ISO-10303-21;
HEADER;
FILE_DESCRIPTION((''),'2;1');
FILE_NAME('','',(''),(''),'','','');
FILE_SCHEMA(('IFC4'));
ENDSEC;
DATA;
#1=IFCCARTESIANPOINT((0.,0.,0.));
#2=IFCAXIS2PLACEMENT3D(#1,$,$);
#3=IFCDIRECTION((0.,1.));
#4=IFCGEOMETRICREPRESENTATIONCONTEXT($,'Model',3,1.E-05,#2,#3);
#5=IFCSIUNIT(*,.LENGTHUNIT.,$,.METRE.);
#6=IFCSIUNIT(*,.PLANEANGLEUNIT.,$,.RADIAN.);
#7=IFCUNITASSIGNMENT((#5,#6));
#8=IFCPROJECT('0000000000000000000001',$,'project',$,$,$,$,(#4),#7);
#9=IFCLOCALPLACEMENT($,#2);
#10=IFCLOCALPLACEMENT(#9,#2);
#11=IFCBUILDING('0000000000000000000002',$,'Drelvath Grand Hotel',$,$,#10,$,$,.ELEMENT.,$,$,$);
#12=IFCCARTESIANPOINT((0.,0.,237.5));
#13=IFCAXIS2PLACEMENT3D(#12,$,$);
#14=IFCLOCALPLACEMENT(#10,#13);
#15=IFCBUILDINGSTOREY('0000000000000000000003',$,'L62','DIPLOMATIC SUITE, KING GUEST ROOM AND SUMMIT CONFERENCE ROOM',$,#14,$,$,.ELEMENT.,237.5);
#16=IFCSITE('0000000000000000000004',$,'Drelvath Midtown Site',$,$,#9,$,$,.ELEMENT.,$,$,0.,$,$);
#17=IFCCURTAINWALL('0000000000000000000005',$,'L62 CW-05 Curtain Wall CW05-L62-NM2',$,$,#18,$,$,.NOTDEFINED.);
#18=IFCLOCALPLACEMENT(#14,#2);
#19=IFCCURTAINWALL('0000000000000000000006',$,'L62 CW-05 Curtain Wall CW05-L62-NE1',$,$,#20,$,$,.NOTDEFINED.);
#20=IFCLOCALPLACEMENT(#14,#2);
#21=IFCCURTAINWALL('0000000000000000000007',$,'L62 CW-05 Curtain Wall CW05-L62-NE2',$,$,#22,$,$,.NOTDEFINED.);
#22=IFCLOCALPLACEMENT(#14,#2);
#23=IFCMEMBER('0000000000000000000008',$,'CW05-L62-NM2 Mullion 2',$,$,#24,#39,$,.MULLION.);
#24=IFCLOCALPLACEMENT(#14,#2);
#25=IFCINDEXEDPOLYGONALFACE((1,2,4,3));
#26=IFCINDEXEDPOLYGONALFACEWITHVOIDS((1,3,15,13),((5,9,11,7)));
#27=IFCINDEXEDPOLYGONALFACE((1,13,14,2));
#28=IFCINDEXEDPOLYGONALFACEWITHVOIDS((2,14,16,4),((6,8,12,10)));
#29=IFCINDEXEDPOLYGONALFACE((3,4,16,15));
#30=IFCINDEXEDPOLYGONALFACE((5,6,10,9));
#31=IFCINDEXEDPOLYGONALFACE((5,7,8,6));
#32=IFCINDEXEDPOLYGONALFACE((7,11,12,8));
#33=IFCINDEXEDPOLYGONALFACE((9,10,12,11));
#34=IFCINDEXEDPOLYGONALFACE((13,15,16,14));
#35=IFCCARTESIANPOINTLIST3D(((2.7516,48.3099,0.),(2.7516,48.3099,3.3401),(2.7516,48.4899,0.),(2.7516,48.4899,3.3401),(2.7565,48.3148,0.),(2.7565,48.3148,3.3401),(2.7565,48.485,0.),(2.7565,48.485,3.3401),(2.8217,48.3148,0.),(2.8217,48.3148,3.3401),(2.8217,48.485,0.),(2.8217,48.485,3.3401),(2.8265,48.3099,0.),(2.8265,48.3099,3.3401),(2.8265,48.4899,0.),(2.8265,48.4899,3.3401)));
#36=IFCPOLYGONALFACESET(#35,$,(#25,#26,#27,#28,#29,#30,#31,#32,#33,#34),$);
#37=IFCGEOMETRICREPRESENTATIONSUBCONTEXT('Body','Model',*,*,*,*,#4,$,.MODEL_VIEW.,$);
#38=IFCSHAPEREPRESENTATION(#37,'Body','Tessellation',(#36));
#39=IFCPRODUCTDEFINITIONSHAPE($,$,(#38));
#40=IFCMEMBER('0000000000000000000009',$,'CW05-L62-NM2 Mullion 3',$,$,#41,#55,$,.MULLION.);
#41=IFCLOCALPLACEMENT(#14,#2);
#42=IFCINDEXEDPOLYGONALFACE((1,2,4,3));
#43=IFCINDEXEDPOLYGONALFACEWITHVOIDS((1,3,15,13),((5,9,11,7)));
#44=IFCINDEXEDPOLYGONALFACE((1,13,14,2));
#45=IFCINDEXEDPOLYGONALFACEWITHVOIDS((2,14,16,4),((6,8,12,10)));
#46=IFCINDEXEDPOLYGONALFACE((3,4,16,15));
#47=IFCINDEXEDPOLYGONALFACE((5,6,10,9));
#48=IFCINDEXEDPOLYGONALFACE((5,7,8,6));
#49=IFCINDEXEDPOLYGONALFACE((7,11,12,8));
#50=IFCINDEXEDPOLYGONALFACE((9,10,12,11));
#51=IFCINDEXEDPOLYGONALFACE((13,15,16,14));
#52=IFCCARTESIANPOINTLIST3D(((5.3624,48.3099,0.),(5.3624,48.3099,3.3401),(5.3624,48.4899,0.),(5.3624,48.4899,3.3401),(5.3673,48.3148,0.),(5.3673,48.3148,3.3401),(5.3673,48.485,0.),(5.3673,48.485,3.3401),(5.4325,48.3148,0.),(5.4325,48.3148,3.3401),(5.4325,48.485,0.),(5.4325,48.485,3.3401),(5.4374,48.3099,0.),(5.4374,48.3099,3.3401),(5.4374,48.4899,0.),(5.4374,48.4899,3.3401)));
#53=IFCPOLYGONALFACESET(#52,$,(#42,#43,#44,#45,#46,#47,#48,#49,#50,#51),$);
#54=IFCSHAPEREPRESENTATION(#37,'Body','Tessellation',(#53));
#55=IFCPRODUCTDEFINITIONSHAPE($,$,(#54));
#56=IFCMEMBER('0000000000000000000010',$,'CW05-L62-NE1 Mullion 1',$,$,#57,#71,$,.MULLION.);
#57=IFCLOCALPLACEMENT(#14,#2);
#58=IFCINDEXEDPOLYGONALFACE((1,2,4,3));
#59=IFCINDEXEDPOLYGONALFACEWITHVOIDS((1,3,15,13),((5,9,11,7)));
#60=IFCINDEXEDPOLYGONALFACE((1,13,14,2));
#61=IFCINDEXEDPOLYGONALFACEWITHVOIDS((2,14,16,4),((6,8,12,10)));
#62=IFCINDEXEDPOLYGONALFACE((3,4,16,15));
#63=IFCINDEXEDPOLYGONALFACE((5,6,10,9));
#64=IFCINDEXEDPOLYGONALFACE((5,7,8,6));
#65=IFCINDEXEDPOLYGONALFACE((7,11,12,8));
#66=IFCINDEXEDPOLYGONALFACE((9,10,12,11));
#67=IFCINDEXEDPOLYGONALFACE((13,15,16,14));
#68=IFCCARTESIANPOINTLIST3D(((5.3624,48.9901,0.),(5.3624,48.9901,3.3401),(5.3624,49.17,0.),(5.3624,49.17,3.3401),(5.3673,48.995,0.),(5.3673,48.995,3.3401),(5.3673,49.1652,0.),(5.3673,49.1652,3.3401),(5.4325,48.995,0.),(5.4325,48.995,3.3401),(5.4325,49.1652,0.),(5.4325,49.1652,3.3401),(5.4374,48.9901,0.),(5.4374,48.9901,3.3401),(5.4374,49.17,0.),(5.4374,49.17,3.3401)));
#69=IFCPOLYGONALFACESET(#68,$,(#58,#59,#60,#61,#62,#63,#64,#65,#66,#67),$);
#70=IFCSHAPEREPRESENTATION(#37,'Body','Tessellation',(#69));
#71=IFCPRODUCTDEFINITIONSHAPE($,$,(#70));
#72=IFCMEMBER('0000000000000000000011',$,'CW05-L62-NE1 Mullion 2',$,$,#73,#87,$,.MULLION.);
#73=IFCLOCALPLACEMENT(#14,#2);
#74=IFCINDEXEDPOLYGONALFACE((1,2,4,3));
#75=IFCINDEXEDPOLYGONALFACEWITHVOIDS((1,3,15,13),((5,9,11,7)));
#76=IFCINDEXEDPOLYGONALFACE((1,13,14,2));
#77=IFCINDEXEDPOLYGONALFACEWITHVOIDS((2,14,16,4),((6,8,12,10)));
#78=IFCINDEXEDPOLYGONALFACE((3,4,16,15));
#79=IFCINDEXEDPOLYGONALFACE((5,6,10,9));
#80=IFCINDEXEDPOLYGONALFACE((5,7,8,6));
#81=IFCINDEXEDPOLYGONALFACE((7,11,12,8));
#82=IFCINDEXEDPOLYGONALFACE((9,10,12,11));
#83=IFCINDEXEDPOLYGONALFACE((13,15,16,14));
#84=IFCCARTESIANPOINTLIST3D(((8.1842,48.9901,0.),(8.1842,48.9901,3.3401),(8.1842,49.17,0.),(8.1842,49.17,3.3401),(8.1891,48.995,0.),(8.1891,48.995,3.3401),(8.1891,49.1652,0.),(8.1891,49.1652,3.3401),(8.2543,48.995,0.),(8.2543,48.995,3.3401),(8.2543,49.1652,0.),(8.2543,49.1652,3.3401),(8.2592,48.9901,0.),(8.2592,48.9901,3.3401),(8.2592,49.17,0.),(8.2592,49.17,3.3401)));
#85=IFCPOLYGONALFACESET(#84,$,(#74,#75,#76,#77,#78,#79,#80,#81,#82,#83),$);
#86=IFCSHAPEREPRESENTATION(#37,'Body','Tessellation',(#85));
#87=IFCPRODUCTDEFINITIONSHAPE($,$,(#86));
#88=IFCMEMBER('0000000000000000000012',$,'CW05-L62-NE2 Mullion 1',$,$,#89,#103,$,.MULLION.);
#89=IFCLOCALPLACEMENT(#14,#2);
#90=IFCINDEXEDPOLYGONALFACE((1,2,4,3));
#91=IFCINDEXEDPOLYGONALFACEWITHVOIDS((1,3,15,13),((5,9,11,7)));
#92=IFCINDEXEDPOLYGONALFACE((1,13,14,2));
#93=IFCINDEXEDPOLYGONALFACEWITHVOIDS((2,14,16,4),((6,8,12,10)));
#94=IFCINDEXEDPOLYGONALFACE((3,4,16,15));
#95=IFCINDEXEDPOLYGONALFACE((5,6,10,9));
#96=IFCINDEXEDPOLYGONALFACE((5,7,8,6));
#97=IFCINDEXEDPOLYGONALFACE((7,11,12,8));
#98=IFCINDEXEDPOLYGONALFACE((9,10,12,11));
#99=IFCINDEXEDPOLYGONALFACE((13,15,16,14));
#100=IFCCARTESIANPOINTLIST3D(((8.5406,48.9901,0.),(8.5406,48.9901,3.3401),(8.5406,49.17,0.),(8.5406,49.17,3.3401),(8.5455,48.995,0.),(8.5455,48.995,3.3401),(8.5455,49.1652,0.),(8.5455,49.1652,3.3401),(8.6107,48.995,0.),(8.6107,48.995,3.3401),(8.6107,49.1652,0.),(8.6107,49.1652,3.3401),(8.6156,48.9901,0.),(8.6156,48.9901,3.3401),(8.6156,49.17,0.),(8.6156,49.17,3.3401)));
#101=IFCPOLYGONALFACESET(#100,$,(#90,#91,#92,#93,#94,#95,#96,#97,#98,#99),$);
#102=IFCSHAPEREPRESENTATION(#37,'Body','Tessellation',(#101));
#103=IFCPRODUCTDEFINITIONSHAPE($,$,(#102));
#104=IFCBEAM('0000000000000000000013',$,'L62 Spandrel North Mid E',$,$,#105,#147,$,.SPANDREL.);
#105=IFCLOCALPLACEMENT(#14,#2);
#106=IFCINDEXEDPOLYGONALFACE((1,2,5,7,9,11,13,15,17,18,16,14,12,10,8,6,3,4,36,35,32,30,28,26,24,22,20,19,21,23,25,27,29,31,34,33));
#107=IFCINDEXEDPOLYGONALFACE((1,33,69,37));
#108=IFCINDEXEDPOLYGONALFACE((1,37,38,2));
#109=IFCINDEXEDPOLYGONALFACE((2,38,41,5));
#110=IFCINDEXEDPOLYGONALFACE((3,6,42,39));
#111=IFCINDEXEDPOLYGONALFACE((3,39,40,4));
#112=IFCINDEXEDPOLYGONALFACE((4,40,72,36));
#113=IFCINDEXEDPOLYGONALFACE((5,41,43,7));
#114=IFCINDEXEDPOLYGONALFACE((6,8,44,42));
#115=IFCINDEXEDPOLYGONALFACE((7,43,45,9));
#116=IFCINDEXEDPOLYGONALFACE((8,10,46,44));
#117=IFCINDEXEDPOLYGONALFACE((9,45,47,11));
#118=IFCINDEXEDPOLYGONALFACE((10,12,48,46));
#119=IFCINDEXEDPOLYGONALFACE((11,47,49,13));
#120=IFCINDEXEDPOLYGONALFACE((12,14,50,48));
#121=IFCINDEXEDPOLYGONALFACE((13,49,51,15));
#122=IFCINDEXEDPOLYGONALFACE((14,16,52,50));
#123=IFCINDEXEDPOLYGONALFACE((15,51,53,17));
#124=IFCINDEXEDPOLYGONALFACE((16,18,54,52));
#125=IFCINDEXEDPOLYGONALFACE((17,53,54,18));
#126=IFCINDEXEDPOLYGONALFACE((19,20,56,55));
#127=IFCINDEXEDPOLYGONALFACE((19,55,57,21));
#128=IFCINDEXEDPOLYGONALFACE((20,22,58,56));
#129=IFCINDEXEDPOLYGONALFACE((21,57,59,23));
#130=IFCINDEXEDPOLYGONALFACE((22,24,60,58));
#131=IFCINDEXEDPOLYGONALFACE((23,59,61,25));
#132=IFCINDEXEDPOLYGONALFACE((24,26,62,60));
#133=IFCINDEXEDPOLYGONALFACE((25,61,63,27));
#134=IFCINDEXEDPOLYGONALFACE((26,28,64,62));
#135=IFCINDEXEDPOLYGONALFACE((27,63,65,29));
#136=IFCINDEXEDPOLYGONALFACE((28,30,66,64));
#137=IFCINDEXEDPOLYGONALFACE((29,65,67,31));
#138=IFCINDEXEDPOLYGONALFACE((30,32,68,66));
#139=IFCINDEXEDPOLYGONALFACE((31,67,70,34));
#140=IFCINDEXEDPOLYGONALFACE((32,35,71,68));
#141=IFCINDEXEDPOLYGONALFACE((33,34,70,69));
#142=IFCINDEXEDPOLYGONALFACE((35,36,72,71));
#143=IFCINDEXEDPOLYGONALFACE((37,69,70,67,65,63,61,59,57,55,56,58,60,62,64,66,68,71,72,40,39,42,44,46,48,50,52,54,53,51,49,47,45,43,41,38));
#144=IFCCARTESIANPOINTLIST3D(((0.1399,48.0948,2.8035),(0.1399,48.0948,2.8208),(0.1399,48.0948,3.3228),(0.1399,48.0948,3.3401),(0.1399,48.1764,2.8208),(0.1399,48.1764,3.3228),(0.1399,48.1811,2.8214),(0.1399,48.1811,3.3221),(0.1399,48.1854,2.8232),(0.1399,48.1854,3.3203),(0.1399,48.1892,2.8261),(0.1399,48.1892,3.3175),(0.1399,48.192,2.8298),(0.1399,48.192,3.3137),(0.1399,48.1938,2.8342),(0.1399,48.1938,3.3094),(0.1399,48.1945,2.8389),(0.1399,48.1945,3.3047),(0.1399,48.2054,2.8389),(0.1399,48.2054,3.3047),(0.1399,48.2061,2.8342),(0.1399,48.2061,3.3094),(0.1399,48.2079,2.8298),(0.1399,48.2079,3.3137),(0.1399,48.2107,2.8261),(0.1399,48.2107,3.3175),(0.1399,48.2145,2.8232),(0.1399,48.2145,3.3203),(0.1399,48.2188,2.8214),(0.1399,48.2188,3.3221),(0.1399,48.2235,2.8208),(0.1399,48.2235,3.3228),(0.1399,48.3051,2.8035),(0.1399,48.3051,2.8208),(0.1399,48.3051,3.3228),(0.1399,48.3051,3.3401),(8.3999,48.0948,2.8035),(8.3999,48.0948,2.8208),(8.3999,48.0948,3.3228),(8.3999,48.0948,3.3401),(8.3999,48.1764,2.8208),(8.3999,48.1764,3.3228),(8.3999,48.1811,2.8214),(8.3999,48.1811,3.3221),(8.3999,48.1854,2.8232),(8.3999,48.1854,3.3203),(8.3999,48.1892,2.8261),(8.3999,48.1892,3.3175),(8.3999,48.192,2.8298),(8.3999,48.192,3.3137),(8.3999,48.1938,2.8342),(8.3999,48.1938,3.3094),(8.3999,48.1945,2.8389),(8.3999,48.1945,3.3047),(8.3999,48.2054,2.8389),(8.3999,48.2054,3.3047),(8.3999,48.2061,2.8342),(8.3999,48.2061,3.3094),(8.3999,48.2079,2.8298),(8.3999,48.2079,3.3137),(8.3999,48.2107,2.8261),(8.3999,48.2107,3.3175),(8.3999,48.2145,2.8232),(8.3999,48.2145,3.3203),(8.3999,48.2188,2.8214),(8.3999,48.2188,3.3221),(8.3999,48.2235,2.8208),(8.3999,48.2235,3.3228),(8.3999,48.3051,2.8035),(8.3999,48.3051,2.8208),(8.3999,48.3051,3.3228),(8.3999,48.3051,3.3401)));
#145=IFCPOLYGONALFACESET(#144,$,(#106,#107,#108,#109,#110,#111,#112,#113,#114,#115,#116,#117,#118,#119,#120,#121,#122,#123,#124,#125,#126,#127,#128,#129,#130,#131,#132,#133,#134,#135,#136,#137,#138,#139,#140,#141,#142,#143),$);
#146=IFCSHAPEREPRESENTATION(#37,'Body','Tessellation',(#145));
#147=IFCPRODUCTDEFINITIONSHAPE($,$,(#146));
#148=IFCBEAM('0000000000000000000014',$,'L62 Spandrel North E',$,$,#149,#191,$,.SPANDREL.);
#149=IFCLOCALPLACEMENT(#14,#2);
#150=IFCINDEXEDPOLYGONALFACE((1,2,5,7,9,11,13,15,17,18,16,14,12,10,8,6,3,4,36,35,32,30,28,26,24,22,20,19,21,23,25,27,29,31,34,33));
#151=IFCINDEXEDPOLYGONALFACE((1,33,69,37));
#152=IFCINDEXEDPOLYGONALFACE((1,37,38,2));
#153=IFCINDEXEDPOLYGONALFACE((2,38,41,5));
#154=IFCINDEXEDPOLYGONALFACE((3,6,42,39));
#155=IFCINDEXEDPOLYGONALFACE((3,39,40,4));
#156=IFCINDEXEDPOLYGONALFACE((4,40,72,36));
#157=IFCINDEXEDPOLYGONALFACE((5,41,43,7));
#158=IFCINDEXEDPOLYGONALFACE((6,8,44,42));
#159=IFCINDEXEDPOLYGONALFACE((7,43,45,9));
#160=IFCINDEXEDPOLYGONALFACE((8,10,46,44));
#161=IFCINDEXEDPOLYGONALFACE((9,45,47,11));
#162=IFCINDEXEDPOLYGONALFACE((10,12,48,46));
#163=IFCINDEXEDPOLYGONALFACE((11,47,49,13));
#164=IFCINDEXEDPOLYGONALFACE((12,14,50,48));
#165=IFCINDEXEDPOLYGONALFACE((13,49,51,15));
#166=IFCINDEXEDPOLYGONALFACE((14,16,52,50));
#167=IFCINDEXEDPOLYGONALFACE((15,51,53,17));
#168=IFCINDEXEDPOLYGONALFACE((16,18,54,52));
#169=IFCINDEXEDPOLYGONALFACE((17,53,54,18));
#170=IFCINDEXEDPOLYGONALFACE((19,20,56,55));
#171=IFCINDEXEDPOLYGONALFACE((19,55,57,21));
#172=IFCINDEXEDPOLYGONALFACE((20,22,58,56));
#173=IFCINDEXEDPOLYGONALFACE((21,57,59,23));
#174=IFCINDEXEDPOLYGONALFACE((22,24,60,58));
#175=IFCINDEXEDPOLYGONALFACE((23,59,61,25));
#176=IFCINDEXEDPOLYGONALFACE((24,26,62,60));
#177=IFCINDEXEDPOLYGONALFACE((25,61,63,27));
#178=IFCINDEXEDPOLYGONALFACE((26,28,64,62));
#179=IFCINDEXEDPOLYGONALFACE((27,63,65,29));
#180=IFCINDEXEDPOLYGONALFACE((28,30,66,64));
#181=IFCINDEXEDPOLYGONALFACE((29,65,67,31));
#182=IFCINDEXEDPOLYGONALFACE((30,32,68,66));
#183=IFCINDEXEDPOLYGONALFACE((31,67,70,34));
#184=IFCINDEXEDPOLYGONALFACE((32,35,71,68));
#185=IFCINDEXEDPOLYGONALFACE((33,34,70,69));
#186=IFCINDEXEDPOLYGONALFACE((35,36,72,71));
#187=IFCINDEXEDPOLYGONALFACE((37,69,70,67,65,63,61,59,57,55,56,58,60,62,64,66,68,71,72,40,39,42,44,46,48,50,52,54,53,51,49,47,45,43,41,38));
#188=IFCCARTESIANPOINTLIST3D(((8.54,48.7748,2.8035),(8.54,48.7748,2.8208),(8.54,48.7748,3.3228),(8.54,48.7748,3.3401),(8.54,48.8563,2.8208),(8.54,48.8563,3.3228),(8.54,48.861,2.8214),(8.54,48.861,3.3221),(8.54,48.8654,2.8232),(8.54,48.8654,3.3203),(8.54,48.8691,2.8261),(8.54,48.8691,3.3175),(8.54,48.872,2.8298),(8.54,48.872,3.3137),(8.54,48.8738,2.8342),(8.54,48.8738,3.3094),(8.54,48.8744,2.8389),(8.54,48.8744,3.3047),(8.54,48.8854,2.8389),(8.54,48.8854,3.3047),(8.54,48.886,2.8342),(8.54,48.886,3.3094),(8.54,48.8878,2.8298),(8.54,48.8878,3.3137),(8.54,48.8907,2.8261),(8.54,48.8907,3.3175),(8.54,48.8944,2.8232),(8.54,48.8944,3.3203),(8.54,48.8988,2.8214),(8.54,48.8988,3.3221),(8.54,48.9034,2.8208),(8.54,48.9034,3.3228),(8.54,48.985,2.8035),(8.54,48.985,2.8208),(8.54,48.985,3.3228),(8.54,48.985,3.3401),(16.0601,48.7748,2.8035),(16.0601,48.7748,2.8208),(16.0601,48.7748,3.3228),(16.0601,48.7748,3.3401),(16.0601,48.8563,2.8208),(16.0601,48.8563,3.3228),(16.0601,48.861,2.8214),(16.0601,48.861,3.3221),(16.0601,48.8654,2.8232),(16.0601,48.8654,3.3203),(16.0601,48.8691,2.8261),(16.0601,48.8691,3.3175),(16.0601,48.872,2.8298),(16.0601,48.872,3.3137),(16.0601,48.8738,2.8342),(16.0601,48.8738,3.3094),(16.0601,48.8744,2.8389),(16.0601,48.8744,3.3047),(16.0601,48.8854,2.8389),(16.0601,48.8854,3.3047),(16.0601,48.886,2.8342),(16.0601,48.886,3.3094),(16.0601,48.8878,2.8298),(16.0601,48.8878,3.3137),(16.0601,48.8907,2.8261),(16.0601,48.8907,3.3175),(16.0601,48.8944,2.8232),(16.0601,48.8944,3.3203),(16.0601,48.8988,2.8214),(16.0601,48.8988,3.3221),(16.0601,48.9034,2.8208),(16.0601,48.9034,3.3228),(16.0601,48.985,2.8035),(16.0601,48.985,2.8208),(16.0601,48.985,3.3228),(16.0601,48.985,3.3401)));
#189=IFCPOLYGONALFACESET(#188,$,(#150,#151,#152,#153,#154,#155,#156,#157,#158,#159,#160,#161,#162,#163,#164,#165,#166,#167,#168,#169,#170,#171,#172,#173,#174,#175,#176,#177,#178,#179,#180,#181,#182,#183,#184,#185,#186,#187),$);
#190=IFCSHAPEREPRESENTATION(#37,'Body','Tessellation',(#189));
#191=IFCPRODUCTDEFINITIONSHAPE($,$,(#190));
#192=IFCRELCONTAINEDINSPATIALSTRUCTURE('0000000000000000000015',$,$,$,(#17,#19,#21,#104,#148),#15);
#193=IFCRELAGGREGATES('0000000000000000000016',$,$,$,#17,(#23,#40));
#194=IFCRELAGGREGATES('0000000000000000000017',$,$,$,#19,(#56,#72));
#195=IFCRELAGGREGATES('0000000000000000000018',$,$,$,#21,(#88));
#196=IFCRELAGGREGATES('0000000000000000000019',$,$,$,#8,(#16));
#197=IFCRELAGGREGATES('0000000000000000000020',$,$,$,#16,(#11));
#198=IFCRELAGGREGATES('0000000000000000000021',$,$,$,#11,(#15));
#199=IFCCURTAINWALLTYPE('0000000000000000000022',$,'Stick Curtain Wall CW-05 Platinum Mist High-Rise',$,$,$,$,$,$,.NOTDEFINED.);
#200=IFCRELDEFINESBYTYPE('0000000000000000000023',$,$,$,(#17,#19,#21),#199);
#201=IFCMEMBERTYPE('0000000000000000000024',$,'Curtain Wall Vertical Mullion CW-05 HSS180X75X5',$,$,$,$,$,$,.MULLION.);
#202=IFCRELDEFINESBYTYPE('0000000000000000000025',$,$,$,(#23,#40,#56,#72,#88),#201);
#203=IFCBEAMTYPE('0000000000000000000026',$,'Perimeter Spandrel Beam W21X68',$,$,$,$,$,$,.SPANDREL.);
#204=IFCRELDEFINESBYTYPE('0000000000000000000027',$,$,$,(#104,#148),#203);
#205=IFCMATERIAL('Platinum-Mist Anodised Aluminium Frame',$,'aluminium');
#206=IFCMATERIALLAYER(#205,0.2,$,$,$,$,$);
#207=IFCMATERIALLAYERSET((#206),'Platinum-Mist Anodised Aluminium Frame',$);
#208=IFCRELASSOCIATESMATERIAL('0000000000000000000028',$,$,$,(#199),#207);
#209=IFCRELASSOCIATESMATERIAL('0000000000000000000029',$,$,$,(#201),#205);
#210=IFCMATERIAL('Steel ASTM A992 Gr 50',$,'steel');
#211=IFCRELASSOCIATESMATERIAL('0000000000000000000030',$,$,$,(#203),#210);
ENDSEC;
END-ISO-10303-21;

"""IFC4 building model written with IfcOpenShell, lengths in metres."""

from ifc_helpers import new_model, si_unit, direction, frame, origin, origin_2d, place, context, subcontext, project, spatial, hollow_rectangle, i_section, extrude, material, layer, layer_set, material_profile, profile_set, type_object, element, aggregate, save


model = new_model("IFC4")

# Units and contexts
model_context = context("Model", 3, precision=1e-05, world=origin(), true_north=direction((0.0, 1.0)))
body_context = subcontext(model_context, "Body", "Model", "MODEL_VIEW")
ifc_project = project(units=[si_unit("LENGTHUNIT", "METRE"), si_unit("PLANEANGLEUNIT", "RADIAN")], contexts=[model_context])

# Site, building, storey
site_placement = place(None, origin())
site = spatial("IfcSite", under=ifc_project, at=site_placement, Name="Drelvath Midtown Site", CompositionType="ELEMENT", RefElevation=0.0)
building_placement = place(site_placement, origin())
building = spatial("IfcBuilding", under=site, at=building_placement, Name="Drelvath Grand Hotel", CompositionType="ELEMENT")
storey_placement = place(building_placement, frame((0.0, 0.0, 237.5)))
storey = spatial("IfcBuildingStorey", under=building, at=storey_placement, Name="L62", Description="DIPLOMATIC SUITE, KING GUEST ROOM AND SUMMIT CONFERENCE ROOM", CompositionType="ELEMENT", Elevation=237.5)

# Curtain walls
ifc_material_1 = material(Name="Platinum-Mist Anodised Aluminium Frame", Category="aluminium")
ifc_layer_1 = layer(ifc_material_1, 0.2)
ifc_layer_set_1 = layer_set([ifc_layer_1], Name="Platinum-Mist Anodised Aluminium Frame")
curtain_wall_type = type_object("IfcCurtainWallType", Name="Stick Curtain Wall CW-05 Platinum Mist High-Rise", PredefinedType="NOTDEFINED", material=ifc_layer_set_1)
curtain_wall_1_placement = place(storey_placement, origin())
curtain_wall_1 = element("IfcCurtainWall", 1, at=curtain_wall_1_placement, inside=storey, type_object=curtain_wall_type, Name="L62 CW-05 Curtain Wall CW05-L62-NM2", PredefinedType="NOTDEFINED")
curtain_wall_2_placement = place(storey_placement, origin())
curtain_wall_2 = element("IfcCurtainWall", 2, at=curtain_wall_2_placement, inside=storey, type_object=curtain_wall_type, Name="L62 CW-05 Curtain Wall CW05-L62-NE1", PredefinedType="NOTDEFINED")
curtain_wall_3_placement = place(storey_placement, origin())
curtain_wall_3 = element("IfcCurtainWall", 3, at=curtain_wall_3_placement, inside=storey, type_object=curtain_wall_type, Name="L62 CW-05 Curtain Wall CW05-L62-NE2", PredefinedType="NOTDEFINED")
ifc_material_profile_1 = material_profile(ifc_material_1, hollow_rectangle(XDim=0.075, YDim=0.1799, WallThickness=0.0049, at=origin_2d()), Name="HSS180X75X5")
ifc_profile_set_1 = profile_set([ifc_material_profile_1], Name="Platinum-Mist Anodised Aluminium Frame")
member_type_1 = type_object("IfcMemberType", Name="Curtain Wall Vertical Mullion CW-05 HSS180X75X5", PredefinedType="MULLION", material=ifc_profile_set_1)

# Members
member_1_placement = place(storey_placement, frame((2.7891, 48.3999, 0.0), z_axis=(0.0, 0.0, 1.0), x_axis=(1.0, 0.0, 0.0)))
member_1 = element("IfcMember", 4, at=member_1_placement, type_object=member_type_1, Name="CW05-L62-NM2 Mullion 2", PredefinedType="MULLION", context=body_context, shape_type="SweptSolid", body=[
    extrude(hollow_rectangle(XDim=0.075, YDim=0.1799, WallThickness=0.0049, at=origin_2d()), origin(), (0.0, 0.0, 1.0), 3.3401),
])
member_2_placement = place(storey_placement, frame((5.3999, 48.3999, 0.0), z_axis=(0.0, 0.0, 1.0), x_axis=(1.0, 0.0, 0.0)))
member_2 = element("IfcMember", 5, at=member_2_placement, type_object=member_type_1, Name="CW05-L62-NM2 Mullion 3", PredefinedType="MULLION", context=body_context, shape_type="SweptSolid", body=[
    extrude(hollow_rectangle(XDim=0.075, YDim=0.1799, WallThickness=0.0049, at=origin_2d()), origin(), (0.0, 0.0, 1.0), 3.3401),
])
member_3_placement = place(storey_placement, frame((5.3999, 49.0801, 0.0), z_axis=(0.0, 0.0, 1.0), x_axis=(1.0, 0.0, 0.0)))
member_3 = element("IfcMember", 6, at=member_3_placement, type_object=member_type_1, Name="CW05-L62-NE1 Mullion 1", PredefinedType="MULLION", context=body_context, shape_type="SweptSolid", body=[
    extrude(hollow_rectangle(XDim=0.075, YDim=0.1799, WallThickness=0.0049, at=origin_2d()), origin(), (0.0, 0.0, 1.0), 3.3401),
])
member_4_placement = place(storey_placement, frame((8.2217, 49.0801, 0.0), z_axis=(0.0, 0.0, 1.0), x_axis=(1.0, 0.0, 0.0)))
member_4 = element("IfcMember", 7, at=member_4_placement, type_object=member_type_1, Name="CW05-L62-NE1 Mullion 2", PredefinedType="MULLION", context=body_context, shape_type="SweptSolid", body=[
    extrude(hollow_rectangle(XDim=0.075, YDim=0.1799, WallThickness=0.0049, at=origin_2d()), origin(), (0.0, 0.0, 1.0), 3.3401),
])
member_5_placement = place(storey_placement, frame((8.5781, 49.0801, 0.0), z_axis=(0.0, 0.0, 1.0), x_axis=(1.0, 0.0, 0.0)))
member_5 = element("IfcMember", 8, at=member_5_placement, type_object=member_type_1, Name="CW05-L62-NE2 Mullion 1", PredefinedType="MULLION", context=body_context, shape_type="SweptSolid", body=[
    extrude(hollow_rectangle(XDim=0.075, YDim=0.1799, WallThickness=0.0049, at=origin_2d()), origin(), (0.0, 0.0, 1.0), 3.3401),
])

# Beams
ifc_material_2 = material(Name="Steel ASTM A992 Gr 50", Category="steel")
ifc_material_profile_2 = material_profile(ifc_material_2, i_section(OverallWidth=0.2102, OverallDepth=0.5366, WebThickness=0.011, FlangeThickness=0.0173, FilletRadius=0.0181, at=origin_2d()), Name="W21X68")
ifc_profile_set_2 = profile_set([ifc_material_profile_2], Name="Steel ASTM A992 Gr 50")
beam_type_1 = type_object("IfcBeamType", Name="Perimeter Spandrel Beam W21X68", PredefinedType="SPANDREL", material=ifc_profile_set_2)
beam_1_placement = place(storey_placement, frame((0.1399, 48.2, 3.0718), z_axis=(1.0, 0.0, 0.0), x_axis=(0.0, 1.0, 0.0)))
element("IfcBeam", 9, at=beam_1_placement, inside=storey, type_object=beam_type_1, Name="L62 Spandrel North Mid E", PredefinedType="SPANDREL", context=body_context, shape_type="SweptSolid", body=[
    extrude(i_section(OverallWidth=0.2102, OverallDepth=0.5366, WebThickness=0.011, FlangeThickness=0.0173, FilletRadius=0.0181, at=origin_2d()), origin(), (0.0, 0.0, 1.0), 8.26),
])
beam_2_placement = place(storey_placement, frame((8.54, 48.8799, 3.0718), z_axis=(1.0, 0.0, 0.0), x_axis=(0.0, 1.0, 0.0)))
element("IfcBeam", 10, at=beam_2_placement, inside=storey, type_object=beam_type_1, Name="L62 Spandrel North E", PredefinedType="SPANDREL", context=body_context, shape_type="SweptSolid", body=[
    extrude(i_section(OverallWidth=0.2102, OverallDepth=0.5366, WebThickness=0.011, FlangeThickness=0.0173, FilletRadius=0.0181, at=origin_2d()), origin(), (0.0, 0.0, 1.0), 7.52),
])

aggregate(curtain_wall_1, [member_1, member_2])
aggregate(curtain_wall_2, [member_3, member_4])
aggregate(curtain_wall_3, [member_5])

save(model, "model.ifc")
